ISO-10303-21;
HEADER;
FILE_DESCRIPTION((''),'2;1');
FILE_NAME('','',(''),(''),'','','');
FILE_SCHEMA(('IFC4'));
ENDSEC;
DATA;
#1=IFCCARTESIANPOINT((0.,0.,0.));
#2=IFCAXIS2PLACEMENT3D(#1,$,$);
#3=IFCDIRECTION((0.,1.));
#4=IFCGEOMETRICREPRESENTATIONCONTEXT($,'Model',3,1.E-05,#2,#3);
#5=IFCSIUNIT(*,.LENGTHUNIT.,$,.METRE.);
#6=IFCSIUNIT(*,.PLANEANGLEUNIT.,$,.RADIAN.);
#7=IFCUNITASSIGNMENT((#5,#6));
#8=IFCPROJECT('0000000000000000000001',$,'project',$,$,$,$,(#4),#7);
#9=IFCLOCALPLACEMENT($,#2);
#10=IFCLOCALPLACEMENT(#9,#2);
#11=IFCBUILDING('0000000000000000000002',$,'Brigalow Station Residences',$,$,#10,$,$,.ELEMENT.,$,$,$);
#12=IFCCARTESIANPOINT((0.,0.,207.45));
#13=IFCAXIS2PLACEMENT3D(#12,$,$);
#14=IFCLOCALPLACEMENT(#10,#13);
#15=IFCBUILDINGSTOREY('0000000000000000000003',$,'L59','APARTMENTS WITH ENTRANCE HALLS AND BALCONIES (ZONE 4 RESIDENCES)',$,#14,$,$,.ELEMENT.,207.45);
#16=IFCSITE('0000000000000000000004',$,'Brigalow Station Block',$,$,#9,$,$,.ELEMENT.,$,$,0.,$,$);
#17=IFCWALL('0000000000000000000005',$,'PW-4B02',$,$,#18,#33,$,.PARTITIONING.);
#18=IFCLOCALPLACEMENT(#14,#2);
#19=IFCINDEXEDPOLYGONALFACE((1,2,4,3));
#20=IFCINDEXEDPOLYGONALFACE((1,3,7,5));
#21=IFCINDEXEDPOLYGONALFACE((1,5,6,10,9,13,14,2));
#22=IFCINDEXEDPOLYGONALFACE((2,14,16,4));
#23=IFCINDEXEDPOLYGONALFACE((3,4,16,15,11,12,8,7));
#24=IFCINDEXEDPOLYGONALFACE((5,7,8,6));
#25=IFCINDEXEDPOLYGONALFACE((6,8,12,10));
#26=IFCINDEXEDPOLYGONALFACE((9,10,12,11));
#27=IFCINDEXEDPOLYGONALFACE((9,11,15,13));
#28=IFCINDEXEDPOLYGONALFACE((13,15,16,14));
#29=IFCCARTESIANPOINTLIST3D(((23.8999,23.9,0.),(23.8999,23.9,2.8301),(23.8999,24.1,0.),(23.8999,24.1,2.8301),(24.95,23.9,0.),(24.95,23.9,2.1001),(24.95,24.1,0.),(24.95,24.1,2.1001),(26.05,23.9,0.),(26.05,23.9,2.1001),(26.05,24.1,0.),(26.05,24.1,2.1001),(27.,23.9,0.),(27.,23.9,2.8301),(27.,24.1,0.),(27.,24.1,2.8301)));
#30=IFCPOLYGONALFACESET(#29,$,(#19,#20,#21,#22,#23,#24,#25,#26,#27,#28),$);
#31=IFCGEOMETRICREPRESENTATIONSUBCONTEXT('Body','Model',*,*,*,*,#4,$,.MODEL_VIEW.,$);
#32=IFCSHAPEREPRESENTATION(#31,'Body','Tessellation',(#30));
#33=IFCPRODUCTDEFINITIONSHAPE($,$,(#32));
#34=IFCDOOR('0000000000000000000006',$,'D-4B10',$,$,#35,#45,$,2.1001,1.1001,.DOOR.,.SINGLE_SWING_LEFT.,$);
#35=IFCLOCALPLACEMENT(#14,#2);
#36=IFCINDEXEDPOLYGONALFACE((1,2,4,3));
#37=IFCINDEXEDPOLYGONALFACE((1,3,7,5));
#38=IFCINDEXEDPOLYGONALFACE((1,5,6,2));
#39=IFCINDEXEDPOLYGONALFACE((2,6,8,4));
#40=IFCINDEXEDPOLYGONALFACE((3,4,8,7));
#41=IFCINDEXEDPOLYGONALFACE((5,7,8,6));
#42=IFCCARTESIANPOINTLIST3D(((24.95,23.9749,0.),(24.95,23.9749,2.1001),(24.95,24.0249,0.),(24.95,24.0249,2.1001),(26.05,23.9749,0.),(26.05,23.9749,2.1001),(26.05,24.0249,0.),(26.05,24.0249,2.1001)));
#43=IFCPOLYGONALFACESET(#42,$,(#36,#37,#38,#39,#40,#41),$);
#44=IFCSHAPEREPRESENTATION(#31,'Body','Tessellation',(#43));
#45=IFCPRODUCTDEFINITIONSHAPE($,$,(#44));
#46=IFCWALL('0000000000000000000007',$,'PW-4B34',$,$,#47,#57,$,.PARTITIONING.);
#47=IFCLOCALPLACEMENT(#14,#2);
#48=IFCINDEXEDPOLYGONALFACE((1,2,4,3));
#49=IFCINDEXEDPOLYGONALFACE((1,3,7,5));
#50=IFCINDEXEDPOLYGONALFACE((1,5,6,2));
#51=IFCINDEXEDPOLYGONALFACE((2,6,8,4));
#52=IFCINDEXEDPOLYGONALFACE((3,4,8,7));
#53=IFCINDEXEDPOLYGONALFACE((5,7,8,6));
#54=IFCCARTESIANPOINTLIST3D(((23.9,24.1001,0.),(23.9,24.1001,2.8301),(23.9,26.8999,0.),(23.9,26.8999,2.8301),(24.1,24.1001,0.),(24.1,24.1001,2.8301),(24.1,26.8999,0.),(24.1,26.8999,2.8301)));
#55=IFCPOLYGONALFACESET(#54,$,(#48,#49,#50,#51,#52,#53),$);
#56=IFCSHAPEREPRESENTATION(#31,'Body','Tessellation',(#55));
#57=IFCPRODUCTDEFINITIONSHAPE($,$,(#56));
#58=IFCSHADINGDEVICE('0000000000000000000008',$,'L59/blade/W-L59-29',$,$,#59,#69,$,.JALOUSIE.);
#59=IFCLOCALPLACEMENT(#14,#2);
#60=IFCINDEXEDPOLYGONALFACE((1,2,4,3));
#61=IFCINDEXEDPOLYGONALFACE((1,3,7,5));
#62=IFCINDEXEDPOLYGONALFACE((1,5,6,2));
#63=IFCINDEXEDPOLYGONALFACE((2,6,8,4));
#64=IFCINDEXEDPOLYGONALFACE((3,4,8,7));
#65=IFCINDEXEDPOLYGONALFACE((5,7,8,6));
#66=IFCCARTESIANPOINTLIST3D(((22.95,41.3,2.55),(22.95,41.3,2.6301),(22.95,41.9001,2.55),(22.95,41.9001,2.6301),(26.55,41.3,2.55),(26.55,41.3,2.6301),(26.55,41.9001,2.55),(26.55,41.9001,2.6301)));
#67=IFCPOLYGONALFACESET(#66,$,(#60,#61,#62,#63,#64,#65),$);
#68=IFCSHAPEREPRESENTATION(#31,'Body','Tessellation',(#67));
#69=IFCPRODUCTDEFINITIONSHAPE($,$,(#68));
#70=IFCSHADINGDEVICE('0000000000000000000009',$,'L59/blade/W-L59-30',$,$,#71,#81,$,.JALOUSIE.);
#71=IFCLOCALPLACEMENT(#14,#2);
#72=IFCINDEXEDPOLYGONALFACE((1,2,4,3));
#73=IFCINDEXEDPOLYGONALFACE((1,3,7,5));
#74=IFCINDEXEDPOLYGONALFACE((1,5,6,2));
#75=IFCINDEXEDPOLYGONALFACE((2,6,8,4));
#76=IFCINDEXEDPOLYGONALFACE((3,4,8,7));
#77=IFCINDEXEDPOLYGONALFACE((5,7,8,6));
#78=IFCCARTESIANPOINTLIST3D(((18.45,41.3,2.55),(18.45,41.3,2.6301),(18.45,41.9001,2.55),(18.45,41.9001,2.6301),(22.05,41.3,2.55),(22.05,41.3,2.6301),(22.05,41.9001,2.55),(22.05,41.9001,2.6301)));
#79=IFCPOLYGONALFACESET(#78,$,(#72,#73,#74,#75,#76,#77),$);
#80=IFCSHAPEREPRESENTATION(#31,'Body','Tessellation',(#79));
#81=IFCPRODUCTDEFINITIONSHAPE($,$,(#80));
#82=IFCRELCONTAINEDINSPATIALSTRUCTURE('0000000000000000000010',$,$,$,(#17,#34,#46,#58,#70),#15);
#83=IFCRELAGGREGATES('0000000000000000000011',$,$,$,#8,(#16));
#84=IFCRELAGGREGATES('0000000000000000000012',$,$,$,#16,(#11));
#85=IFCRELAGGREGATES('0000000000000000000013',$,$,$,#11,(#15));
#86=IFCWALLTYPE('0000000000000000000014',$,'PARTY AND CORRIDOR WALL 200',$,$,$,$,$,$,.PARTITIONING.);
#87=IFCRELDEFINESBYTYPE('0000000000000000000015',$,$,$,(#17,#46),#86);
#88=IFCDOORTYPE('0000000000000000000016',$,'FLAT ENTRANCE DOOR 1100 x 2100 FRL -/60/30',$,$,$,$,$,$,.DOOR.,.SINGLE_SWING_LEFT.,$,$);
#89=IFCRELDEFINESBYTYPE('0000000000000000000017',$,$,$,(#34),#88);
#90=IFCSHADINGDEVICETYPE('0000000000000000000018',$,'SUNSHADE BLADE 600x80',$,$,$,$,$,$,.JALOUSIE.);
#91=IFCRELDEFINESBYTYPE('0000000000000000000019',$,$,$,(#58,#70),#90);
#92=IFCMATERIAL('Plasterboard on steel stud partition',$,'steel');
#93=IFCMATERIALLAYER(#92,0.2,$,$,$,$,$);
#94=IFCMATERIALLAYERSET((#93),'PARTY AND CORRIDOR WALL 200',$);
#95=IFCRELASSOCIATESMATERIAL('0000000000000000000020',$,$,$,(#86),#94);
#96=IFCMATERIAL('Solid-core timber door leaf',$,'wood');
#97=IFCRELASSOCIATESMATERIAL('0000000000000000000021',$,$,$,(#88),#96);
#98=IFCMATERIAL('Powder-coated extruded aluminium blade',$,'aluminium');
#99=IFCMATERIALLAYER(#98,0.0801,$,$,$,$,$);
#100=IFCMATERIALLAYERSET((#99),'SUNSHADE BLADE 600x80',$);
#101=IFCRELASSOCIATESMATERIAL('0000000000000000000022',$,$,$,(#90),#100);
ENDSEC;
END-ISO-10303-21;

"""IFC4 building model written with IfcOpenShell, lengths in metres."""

from ifc_helpers import new_model, si_unit, direction, frame, frame_2d, origin, origin_2d, place, context, subcontext, project, spatial, rectangle, extrude, material, layer, layer_set, type_object, element, fill, save


model = new_model("IFC4")

# Units and contexts
model_context = context("Model", 3, precision=1e-05, world=origin(), true_north=direction((0.0, 1.0)))
body_context = subcontext(model_context, "Body", "Model", "MODEL_VIEW")
ifc_project = project(units=[si_unit("LENGTHUNIT", "METRE"), si_unit("PLANEANGLEUNIT", "RADIAN")], contexts=[model_context])

# Site, building, storey
site_placement = place(None, origin())
site = spatial("IfcSite", under=ifc_project, at=site_placement, Name="Brigalow Station Block", CompositionType="ELEMENT", RefElevation=0.0)
building_placement = place(site_placement, origin())
building = spatial("IfcBuilding", under=site, at=building_placement, Name="Brigalow Station Residences", CompositionType="ELEMENT")
storey_placement = place(building_placement, frame((0.0, 0.0, 207.45)))
storey = spatial("IfcBuildingStorey", under=building, at=storey_placement, Name="L59", Description="APARTMENTS WITH ENTRANCE HALLS AND BALCONIES (ZONE 4 RESIDENCES)", CompositionType="ELEMENT", Elevation=207.45)

# Wall, opening, door
ifc_material_1 = material(Name="Plasterboard on steel stud partition", Category="steel")
ifc_layer_1 = layer(ifc_material_1, 0.2)
ifc_layer_set_1 = layer_set([ifc_layer_1], Name="PARTY AND CORRIDOR WALL 200")
wall_type_1 = type_object("IfcWallType", Name="PARTY AND CORRIDOR WALL 200", PredefinedType="PARTITIONING", material=ifc_layer_set_1)
wall_1_placement = place(storey_placement, frame((23.8999, 24.0, 0.0), z_axis=(0.0, 0.0, 1.0), x_axis=(1.0, 0.0, 0.0)))
wall_1 = element("IfcWall", 1, at=wall_1_placement, inside=storey, type_object=wall_type_1, Name="PW-4B02", PredefinedType="PARTITIONING", context=body_context, shape_type="SweptSolid", body=[
    extrude(rectangle(XDim=3.1001, YDim=0.2, at=frame_2d((1.55, 0.0))), origin(), (0.0, 0.0, 1.0), 2.8301),
])
opening_1_placement = place(wall_1_placement, frame((1.05, 0.0, 0.0)))
opening_1 = element("IfcOpeningElement", 2, at=opening_1_placement, cuts=wall_1, PredefinedType="OPENING", context=body_context, shape_type="SweptSolid", body=[
    extrude(rectangle(XDim=1.1001, YDim=2.1001, at=frame_2d((0.55, 1.05))), frame((0.0, 0.1099, 0.0), z_axis=(0.0, -1.0, 0.0), x_axis=(1.0, 0.0, 0.0)), (0.0, 0.0, 1.0), 0.22),
])
ifc_material_2 = material(Name="Solid-core timber door leaf", Category="wood")
door_type_1 = type_object("IfcDoorType", Name="FLAT ENTRANCE DOOR 1100 x 2100 FRL -/60/30", OperationType="SINGLE_SWING_LEFT", PredefinedType="DOOR", material=ifc_material_2)
door_1_placement = place(opening_1_placement, origin())
door_1 = element("IfcDoor", 3, at=door_1_placement, inside=storey, type_object=door_type_1, Name="D-4B10", OperationType="SINGLE_SWING_LEFT", OverallHeight=2.1001, OverallWidth=1.1001, PredefinedType="DOOR", context=body_context, shape_type="SweptSolid", body=[
    extrude(rectangle(XDim=1.1001, YDim=2.1001, at=frame_2d((0.55, 1.05))), frame((0.0, 0.0249, 0.0), z_axis=(0.0, -1.0, 0.0), x_axis=(1.0, 0.0, 0.0)), (0.0, 0.0, 1.0), 0.05),
])
fill(opening_1, door_1)

# Wall
wall_2_placement = place(storey_placement, frame((24.0, 24.1001, 0.0), z_axis=(0.0, 0.0, 1.0), x_axis=(0.0, 1.0, 0.0)))
element("IfcWall", 4, at=wall_2_placement, inside=storey, type_object=wall_type_1, Name="PW-4B34", PredefinedType="PARTITIONING", context=body_context, shape_type="SweptSolid", body=[
    extrude(rectangle(XDim=2.7998, YDim=0.2, at=frame_2d((1.3999, 0.0))), origin(), (0.0, 0.0, 1.0), 2.8301),
])

# Shading devices
ifc_material_3 = material(Name="Powder-coated extruded aluminium blade", Category="aluminium")
ifc_layer_2 = layer(ifc_material_3, 0.0801)
ifc_layer_set_2 = layer_set([ifc_layer_2], Name="SUNSHADE BLADE 600x80")
shading_device_type = type_object("IfcShadingDeviceType", Name="SUNSHADE BLADE 600x80", PredefinedType="JALOUSIE", material=ifc_layer_set_2)
for number, where, z_axis, x_axis, name in (
    (5, (24.75, 41.6001, 2.55), (0.0, 0.0, 1.0), (-1.0, 0.0, 0.0), "L59/blade/W-L59-29"),
    (6, (20.25, 41.6001, 2.55), (0.0, 0.0, 1.0), (-1.0, 0.0, 0.0), "L59/blade/W-L59-30"),
):
    element("IfcShadingDevice", number, at=place(storey_placement, frame(where, z_axis=z_axis, x_axis=x_axis)), inside=storey, type_object=shading_device_type, Name=name, PredefinedType="JALOUSIE", context=body_context, shape_type="SweptSolid", body=[
        extrude(rectangle(XDim=3.6001, YDim=0.6001, at=origin_2d()), origin(), (0.0, 0.0, 1.0), 0.0801),
    ])

save(model, "model.ifc")
